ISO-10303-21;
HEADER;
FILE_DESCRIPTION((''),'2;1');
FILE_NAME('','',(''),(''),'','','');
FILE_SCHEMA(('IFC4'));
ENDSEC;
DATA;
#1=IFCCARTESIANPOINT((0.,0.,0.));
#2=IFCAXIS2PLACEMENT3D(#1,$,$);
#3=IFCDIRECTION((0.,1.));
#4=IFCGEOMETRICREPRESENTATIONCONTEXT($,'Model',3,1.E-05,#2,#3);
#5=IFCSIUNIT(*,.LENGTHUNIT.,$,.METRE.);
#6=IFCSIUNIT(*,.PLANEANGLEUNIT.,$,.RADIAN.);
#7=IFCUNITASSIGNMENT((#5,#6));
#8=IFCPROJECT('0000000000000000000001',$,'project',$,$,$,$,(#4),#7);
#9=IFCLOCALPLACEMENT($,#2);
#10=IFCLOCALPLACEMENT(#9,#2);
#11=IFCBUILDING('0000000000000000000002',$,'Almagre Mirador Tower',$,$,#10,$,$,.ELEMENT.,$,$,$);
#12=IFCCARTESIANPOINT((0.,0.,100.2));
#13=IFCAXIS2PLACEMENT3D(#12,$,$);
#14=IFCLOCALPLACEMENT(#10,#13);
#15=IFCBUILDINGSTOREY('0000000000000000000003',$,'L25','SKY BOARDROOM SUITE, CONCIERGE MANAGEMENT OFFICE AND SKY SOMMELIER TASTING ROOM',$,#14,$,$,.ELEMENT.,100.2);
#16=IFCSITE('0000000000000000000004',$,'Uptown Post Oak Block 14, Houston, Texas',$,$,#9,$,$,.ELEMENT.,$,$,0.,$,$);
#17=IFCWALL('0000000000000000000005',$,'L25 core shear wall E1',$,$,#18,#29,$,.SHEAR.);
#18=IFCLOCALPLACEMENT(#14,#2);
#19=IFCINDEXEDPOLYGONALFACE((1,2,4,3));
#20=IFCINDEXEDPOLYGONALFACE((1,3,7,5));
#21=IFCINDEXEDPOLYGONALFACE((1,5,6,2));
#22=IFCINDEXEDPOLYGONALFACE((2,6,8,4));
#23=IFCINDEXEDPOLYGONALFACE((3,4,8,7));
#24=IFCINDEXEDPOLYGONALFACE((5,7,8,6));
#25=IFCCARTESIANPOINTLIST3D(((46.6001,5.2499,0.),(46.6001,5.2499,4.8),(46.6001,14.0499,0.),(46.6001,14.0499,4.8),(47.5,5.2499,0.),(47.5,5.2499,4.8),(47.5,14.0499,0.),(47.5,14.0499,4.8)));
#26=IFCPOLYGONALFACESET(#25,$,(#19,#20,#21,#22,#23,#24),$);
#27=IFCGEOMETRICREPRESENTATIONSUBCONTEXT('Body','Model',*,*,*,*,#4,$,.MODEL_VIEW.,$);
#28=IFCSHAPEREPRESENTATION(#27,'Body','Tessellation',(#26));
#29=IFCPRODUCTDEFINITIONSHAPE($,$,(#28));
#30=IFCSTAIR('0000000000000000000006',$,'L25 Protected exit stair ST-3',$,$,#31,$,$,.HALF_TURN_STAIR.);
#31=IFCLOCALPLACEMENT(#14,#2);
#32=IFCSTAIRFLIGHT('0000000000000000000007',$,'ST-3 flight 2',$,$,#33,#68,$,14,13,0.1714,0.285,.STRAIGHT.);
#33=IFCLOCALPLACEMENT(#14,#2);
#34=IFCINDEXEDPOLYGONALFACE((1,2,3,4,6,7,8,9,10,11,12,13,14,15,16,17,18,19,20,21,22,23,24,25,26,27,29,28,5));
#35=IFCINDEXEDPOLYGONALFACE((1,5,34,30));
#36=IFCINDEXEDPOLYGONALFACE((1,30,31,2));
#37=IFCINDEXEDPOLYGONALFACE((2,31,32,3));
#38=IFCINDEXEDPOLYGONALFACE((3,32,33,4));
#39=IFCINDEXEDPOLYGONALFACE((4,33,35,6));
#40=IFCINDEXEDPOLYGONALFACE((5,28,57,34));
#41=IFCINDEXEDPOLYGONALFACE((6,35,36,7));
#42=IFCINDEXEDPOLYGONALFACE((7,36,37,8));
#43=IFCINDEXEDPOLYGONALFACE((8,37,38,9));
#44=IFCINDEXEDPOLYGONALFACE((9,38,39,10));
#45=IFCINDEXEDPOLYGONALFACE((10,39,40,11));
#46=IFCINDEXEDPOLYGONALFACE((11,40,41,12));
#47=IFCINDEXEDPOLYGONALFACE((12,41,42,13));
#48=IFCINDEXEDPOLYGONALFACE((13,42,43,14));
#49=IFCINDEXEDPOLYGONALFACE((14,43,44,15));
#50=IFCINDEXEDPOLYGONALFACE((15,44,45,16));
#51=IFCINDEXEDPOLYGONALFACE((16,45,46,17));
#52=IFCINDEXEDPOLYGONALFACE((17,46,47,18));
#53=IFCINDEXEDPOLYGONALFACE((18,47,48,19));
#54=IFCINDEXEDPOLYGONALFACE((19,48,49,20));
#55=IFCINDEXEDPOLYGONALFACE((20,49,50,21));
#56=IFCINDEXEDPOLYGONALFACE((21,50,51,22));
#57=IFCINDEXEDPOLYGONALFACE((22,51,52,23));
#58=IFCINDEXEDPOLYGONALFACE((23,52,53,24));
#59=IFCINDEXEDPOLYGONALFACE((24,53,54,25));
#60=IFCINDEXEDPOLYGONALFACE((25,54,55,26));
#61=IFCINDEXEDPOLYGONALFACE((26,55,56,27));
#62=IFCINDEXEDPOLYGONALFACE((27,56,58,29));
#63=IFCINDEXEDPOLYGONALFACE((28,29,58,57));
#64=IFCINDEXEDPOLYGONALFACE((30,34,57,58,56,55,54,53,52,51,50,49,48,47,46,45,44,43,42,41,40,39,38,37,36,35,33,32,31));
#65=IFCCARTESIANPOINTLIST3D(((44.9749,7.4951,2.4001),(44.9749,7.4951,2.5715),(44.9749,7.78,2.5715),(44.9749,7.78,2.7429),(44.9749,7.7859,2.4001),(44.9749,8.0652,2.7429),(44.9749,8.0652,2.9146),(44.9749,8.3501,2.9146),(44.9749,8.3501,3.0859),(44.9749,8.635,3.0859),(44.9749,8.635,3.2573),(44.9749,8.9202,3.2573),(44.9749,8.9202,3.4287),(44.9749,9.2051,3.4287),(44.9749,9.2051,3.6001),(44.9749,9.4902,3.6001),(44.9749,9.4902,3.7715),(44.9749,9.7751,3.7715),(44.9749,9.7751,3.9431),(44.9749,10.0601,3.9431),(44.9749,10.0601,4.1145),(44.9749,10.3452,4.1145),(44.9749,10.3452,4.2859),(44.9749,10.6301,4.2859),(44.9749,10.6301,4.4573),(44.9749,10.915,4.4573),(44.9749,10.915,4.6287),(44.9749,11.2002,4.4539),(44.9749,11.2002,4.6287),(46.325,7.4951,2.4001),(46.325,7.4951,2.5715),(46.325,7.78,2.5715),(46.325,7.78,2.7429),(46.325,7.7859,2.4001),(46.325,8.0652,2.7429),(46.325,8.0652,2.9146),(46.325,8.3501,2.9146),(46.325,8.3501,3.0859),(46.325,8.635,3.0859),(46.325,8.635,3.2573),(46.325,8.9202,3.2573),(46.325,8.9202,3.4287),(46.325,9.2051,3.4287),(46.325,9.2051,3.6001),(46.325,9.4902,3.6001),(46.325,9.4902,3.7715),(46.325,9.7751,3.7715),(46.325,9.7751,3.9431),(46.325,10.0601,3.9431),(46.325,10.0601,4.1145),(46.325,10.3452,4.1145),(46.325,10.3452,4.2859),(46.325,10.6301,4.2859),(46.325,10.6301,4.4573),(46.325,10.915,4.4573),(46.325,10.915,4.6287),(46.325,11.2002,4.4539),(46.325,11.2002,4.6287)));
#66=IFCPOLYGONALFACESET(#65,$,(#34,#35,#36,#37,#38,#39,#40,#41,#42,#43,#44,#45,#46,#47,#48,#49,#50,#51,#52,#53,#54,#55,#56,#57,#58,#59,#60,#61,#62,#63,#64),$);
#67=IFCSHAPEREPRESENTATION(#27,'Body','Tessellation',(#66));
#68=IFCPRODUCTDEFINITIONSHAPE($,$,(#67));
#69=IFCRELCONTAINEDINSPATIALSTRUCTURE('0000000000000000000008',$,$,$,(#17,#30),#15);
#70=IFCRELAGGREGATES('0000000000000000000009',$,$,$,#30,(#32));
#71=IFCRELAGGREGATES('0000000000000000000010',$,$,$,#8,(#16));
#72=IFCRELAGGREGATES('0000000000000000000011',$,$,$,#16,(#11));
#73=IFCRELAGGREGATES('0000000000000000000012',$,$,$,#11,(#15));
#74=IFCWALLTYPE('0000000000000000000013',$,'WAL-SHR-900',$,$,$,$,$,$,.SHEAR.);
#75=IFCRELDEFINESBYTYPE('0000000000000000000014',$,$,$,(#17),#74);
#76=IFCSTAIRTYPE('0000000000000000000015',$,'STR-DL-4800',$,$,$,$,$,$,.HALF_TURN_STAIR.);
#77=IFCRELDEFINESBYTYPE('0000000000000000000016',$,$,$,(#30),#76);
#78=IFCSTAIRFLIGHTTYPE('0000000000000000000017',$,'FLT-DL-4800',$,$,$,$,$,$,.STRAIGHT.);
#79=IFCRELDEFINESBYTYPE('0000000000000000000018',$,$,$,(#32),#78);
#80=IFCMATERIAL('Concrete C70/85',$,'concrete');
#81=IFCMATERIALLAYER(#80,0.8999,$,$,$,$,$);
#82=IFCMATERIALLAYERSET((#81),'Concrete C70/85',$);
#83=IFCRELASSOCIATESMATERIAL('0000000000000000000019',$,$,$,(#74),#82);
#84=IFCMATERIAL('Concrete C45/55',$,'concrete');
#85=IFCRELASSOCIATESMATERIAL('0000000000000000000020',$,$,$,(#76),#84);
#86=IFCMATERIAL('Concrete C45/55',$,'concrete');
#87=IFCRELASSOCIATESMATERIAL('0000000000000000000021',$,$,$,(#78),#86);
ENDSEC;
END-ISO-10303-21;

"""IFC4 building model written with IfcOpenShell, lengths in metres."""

from ifc_helpers import new_model, si_unit, direction, frame, frame_2d, origin, place, context, subcontext, project, spatial, polyline, rectangle, outline, extrude, material, layer, layer_set, type_object, element, aggregate, save


model = new_model("IFC4")

# Units and contexts
model_context = context("Model", 3, precision=1e-05, world=origin(), true_north=direction((0.0, 1.0)))
body_context = subcontext(model_context, "Body", "Model", "MODEL_VIEW")
ifc_project = project(units=[si_unit("LENGTHUNIT", "METRE"), si_unit("PLANEANGLEUNIT", "RADIAN")], contexts=[model_context])

# Site, building, storey
site_placement = place(None, origin())
site = spatial("IfcSite", under=ifc_project, at=site_placement, Name="Uptown Post Oak Block 14, Houston, Texas", CompositionType="ELEMENT", RefElevation=0.0)
building_placement = place(site_placement, origin())
building = spatial("IfcBuilding", under=site, at=building_placement, Name="Almagre Mirador Tower", CompositionType="ELEMENT")
storey_placement = place(building_placement, frame((0.0, 0.0, 100.2)))
storey = spatial("IfcBuildingStorey", under=building, at=storey_placement, Name="L25", Description="SKY BOARDROOM SUITE, CONCIERGE MANAGEMENT OFFICE AND SKY SOMMELIER TASTING ROOM", CompositionType="ELEMENT", Elevation=100.2)

# Wall
ifc_material_1 = material(Name="Concrete C70/85", Category="concrete")
ifc_layer_1 = layer(ifc_material_1, 0.8999)
ifc_layer_set_1 = layer_set([ifc_layer_1], Name="Concrete C70/85")
wall_type_1 = type_object("IfcWallType", Name="WAL-SHR-900", PredefinedType="SHEAR", material=ifc_layer_set_1)
wall_1_placement = place(storey_placement, frame((47.05, 5.25, 0.0), z_axis=(0.0, 0.0, 1.0), x_axis=(0.0, 1.0, 0.0)))
element("IfcWall", 1, at=wall_1_placement, inside=storey, type_object=wall_type_1, Name="L25 core shear wall E1", PredefinedType="SHEAR", context=body_context, shape_type="SweptSolid", body=[
    extrude(rectangle(XDim=8.8, YDim=0.8999, at=frame_2d((4.3999, 0.0))), origin(), (0.0, 0.0, 1.0), 4.8),
])

# Stair, stair flight
ifc_material_2 = material(Name="Concrete C45/55", Category="concrete")
stair_type = type_object("IfcStairType", Name="STR-DL-4800", PredefinedType="HALF_TURN_STAIR", material=ifc_material_2)
stair_placement = place(storey_placement, origin())
stair = element("IfcStair", 2, at=stair_placement, inside=storey, type_object=stair_type, Name="L25 Protected exit stair ST-3", PredefinedType="HALF_TURN_STAIR")
ifc_material_3 = material(Name="Concrete C45/55", Category="concrete")
stair_flight_type = type_object("IfcStairFlightType", Name="FLT-DL-4800", PredefinedType="STRAIGHT", material=ifc_material_3)
stair_flight_placement = place(storey_placement, frame((45.6499, 7.4951, 2.4001), z_axis=(0.0, 0.0, 1.0), x_axis=(0.0, 1.0, 0.0)))
stair_flight = element("IfcStairFlight", 3, at=stair_flight_placement, type_object=stair_flight_type, Name="ST-3 flight 2", NumberOfRisers=14, NumberOfTreads=13, PredefinedType="STRAIGHT", RiserHeight=0.1714, TreadLength=0.285, context=body_context, shape_type="SweptSolid", body=[
    extrude(outline(polyline([(0.0, 0.0), (0.0, 0.1714), (0.2849, 0.1714), (0.2849, 0.3428), (0.5701, 0.3428), (0.5701, 0.5144), (0.855, 0.5144), (0.855, 0.6858), (1.1399, 0.6858), (1.1399, 0.8572), (1.425, 0.8572), (1.425, 1.0286), (1.71, 1.0286), (1.71, 1.2), (1.9951, 1.2), (1.9951, 1.3713), (2.28, 1.3713), (2.28, 1.543), (2.5649, 1.543), (2.5649, 1.7144), (2.8501, 1.7144), (2.8501, 1.8857), (3.135, 1.8857), (3.135, 2.0571), (3.4199, 2.0571), (3.4199, 2.2285), (3.7051, 2.2285), (3.7051, 2.3999), (3.7051, 2.0537), (0.2908, 0.0), (0.0, 0.0)])), frame((0.0, 0.675, 0.0), z_axis=(0.0, -1.0, 0.0), x_axis=(1.0, 0.0, 0.0)), (0.0, 0.0, 1.0), 1.3501),
])
aggregate(stair, [stair_flight])

save(model, "model.ifc")
